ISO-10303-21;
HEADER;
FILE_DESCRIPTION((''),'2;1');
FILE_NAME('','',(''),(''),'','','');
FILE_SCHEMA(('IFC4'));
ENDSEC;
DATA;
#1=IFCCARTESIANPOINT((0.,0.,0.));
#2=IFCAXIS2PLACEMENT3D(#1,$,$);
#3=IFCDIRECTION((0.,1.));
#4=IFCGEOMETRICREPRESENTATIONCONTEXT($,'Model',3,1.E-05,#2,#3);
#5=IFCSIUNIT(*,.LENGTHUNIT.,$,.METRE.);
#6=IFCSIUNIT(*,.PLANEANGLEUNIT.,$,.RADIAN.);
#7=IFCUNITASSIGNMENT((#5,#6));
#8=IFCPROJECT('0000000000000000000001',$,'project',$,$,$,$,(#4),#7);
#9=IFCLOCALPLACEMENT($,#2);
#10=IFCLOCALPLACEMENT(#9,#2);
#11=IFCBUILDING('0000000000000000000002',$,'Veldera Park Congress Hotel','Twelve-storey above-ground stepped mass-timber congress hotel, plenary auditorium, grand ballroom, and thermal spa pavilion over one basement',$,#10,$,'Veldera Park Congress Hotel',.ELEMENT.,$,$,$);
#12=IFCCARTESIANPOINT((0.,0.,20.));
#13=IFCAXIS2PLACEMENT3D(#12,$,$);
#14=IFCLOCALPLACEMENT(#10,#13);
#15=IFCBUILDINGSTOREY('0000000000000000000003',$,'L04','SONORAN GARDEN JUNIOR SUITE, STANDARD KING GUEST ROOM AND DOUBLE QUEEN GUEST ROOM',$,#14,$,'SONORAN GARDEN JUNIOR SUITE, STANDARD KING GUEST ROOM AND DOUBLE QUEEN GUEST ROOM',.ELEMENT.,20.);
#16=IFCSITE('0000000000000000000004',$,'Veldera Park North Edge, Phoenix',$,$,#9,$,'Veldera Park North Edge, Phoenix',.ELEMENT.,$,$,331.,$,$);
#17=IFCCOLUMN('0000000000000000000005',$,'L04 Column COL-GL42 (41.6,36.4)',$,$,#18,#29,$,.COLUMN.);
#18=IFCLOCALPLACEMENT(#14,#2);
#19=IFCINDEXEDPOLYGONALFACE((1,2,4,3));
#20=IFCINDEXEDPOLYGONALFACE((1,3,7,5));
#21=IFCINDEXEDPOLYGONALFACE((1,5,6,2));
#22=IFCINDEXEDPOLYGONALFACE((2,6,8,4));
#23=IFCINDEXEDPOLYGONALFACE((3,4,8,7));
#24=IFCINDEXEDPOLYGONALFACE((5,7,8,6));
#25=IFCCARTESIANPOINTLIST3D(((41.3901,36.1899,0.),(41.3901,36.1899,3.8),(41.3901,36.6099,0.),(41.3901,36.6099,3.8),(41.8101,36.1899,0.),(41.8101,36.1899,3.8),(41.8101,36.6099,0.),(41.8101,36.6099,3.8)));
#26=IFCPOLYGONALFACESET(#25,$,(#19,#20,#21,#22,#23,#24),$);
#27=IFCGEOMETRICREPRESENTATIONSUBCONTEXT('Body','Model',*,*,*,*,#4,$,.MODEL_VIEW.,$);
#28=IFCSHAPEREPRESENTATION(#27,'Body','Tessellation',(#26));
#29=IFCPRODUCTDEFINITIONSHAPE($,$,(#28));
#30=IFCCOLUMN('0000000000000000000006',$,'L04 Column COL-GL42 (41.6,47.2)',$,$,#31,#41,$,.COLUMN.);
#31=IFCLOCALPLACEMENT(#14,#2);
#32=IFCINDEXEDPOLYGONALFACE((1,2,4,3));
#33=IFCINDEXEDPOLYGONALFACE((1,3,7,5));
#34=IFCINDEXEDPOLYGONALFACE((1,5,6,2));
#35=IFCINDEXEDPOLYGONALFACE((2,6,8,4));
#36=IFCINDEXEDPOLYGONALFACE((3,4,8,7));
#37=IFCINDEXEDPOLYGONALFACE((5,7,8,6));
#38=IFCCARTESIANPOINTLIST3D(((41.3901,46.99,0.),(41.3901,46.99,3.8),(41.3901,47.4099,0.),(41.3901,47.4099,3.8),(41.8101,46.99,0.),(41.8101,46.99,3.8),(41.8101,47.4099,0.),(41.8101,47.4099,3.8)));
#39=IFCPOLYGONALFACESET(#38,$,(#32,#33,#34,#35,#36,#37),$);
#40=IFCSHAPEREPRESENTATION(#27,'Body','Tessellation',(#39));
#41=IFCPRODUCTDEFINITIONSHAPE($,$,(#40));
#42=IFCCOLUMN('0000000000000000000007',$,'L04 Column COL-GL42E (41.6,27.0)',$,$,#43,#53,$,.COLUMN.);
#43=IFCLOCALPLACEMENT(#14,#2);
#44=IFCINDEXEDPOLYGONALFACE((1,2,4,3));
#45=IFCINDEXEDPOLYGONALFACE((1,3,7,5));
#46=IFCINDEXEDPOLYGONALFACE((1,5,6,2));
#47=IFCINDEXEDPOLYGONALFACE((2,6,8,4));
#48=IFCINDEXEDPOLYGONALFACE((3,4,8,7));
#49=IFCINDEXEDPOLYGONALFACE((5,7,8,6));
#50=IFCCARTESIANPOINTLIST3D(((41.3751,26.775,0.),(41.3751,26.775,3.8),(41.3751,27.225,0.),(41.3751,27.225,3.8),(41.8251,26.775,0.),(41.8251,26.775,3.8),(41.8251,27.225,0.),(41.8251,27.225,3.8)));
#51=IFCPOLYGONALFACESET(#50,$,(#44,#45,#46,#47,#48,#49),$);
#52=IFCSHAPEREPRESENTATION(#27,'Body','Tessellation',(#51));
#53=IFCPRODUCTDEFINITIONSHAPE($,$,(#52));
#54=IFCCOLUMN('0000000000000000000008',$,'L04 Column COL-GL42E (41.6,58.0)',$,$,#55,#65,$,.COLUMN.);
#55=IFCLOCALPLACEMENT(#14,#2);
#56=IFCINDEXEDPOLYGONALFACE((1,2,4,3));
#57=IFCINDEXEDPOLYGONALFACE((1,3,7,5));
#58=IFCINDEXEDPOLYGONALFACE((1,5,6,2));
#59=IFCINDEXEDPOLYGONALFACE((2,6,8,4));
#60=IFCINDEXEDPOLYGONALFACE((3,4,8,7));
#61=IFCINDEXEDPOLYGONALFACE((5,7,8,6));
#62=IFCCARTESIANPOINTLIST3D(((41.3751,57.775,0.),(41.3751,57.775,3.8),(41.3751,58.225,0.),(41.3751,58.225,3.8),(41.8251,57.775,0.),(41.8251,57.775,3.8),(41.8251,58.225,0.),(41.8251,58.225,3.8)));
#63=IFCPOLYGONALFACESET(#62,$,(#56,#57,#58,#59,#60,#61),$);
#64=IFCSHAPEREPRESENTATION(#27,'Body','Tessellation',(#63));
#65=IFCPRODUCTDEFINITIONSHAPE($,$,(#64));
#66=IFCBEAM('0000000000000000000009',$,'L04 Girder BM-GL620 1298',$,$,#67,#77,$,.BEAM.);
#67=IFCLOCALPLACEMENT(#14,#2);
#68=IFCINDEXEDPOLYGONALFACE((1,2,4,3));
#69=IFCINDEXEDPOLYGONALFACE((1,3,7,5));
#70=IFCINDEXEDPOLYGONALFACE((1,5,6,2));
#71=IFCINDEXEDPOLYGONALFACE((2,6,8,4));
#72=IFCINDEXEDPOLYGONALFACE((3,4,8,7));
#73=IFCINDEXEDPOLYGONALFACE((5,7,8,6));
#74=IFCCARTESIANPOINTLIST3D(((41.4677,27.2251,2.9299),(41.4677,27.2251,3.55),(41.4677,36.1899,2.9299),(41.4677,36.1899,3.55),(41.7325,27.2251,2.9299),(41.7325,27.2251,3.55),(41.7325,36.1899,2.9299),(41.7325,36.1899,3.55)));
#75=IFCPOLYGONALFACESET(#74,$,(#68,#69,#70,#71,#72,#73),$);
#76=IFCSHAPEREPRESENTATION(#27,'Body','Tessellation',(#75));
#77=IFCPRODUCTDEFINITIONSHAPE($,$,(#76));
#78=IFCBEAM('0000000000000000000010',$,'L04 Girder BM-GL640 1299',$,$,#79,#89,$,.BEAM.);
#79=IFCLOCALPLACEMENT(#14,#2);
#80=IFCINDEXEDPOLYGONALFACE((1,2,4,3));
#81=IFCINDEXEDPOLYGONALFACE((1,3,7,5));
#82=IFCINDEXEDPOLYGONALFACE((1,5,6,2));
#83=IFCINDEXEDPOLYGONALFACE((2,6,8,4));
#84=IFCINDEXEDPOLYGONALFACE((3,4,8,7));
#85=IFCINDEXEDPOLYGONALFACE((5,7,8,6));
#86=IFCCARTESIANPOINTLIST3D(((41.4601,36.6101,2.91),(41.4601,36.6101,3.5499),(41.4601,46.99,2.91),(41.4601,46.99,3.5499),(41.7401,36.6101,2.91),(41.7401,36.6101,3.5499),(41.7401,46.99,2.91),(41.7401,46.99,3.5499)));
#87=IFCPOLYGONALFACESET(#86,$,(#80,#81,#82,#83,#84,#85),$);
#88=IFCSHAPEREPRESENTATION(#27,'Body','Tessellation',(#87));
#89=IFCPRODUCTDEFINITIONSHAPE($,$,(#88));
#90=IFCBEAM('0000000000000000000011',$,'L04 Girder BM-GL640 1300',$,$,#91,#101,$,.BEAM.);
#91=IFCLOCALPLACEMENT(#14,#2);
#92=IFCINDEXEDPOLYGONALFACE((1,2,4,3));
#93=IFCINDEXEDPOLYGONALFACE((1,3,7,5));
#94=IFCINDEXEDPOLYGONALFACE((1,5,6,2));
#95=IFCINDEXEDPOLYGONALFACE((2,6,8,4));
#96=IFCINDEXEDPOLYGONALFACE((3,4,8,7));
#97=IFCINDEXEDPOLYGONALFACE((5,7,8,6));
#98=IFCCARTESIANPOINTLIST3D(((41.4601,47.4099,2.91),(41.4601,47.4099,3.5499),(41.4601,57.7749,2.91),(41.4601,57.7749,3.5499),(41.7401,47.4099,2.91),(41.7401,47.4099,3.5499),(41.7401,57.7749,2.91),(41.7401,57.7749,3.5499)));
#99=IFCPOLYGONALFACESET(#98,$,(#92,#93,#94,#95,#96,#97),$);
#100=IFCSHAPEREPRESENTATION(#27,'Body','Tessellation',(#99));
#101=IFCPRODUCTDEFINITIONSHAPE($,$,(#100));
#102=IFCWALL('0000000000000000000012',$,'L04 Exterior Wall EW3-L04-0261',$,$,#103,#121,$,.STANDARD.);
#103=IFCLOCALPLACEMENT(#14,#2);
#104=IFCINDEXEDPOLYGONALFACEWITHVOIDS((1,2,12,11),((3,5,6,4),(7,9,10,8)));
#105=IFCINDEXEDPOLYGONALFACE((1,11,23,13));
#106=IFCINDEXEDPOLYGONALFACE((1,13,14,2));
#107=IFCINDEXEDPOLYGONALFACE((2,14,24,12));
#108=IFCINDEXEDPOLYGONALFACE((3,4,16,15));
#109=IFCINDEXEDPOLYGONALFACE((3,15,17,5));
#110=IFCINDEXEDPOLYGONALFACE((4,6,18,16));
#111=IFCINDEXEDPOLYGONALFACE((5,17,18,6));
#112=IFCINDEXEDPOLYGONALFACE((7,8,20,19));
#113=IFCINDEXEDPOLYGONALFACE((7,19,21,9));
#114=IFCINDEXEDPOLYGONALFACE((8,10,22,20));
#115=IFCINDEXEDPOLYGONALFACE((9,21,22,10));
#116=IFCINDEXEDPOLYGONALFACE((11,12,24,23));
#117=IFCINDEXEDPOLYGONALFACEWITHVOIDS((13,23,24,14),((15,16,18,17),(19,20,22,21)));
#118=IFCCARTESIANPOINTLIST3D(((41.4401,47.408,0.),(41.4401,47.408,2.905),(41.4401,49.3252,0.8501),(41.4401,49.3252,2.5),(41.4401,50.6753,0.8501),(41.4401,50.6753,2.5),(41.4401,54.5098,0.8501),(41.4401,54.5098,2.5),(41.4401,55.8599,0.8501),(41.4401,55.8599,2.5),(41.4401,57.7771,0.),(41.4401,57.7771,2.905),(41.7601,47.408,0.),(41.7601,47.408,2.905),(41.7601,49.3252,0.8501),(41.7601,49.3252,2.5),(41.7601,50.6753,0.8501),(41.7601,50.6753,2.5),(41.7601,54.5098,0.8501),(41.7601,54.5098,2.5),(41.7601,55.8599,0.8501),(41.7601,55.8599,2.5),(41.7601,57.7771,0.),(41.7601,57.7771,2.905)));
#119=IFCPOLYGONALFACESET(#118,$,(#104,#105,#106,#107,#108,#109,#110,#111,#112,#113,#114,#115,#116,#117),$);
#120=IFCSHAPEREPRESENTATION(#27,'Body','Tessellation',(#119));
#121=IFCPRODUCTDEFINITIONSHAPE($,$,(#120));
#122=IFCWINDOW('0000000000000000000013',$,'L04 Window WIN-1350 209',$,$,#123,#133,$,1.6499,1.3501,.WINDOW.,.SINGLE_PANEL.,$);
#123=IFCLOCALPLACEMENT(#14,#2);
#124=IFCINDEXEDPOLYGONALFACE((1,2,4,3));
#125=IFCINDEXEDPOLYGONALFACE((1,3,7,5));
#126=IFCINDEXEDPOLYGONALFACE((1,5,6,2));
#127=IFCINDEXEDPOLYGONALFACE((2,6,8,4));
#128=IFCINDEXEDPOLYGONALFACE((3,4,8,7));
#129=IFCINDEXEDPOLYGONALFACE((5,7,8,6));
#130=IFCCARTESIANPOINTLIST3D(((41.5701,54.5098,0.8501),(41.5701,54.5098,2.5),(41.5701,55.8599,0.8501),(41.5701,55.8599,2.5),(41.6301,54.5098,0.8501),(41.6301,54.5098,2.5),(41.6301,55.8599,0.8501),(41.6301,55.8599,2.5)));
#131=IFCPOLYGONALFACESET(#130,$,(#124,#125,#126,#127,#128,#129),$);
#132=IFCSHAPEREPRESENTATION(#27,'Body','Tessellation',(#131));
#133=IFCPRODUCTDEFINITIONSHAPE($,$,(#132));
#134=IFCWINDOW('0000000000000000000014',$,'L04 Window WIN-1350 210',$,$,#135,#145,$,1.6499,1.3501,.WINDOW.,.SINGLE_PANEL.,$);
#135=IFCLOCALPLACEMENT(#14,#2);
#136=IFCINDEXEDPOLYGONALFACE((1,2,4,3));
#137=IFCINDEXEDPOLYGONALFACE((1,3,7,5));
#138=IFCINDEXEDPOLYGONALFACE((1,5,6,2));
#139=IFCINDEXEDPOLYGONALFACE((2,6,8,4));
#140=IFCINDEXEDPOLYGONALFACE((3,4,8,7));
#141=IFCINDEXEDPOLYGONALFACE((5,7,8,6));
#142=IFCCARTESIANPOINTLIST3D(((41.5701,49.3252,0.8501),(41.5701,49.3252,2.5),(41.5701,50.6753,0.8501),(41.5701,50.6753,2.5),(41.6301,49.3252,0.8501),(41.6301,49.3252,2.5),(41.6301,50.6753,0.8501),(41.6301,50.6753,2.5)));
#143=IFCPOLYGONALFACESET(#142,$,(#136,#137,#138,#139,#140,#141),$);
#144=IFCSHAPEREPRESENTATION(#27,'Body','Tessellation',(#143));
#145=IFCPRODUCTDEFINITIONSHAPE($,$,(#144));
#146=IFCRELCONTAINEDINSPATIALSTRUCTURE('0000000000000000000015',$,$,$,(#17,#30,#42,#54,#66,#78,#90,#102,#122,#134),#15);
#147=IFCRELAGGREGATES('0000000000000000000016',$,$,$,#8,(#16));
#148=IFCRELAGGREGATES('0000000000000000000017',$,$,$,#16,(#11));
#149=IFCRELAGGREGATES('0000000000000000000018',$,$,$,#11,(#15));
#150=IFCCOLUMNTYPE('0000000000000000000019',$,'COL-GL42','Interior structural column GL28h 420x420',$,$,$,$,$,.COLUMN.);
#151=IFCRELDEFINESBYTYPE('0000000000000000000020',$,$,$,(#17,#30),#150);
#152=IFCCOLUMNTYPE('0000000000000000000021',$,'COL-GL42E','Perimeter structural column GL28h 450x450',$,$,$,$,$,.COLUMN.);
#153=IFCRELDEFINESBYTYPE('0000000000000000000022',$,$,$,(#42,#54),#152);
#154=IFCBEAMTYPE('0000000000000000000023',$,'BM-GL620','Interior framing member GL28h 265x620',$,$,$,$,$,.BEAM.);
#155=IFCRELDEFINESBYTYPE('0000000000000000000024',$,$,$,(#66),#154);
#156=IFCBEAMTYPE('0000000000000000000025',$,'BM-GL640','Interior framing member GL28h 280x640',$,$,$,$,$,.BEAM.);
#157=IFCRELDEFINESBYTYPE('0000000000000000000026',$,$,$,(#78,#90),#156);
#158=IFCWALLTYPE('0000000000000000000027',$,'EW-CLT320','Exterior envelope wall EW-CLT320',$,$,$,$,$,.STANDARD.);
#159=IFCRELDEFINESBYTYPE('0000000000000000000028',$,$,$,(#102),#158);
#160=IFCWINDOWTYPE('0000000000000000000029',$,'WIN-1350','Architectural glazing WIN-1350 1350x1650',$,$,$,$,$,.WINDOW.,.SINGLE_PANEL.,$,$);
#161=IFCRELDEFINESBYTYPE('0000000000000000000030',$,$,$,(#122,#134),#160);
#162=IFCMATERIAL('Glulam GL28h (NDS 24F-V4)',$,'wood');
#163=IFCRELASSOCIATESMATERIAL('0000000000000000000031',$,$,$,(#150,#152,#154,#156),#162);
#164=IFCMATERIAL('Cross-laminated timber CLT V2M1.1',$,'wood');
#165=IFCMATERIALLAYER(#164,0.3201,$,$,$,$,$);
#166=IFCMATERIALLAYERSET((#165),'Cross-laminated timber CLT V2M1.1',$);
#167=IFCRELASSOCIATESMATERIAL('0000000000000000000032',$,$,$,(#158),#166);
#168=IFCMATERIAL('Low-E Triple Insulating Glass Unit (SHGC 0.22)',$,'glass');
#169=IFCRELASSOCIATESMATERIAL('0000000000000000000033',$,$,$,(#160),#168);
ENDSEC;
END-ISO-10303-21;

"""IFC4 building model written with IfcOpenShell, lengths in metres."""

from ifc_helpers import new_model, si_unit, direction, frame, frame_2d, origin, origin_2d, place, context, subcontext, project, spatial, rectangle, extrude, material, layer, layer_set, material_profile, profile_set, type_object, element, fill, save


model = new_model("IFC4")

# Units and contexts
model_context = context("Model", 3, precision=1e-05, world=origin(), true_north=direction((0.0, 1.0)))
body_context = subcontext(model_context, "Body", "Model", "MODEL_VIEW")
ifc_project = project(units=[si_unit("LENGTHUNIT", "METRE"), si_unit("PLANEANGLEUNIT", "RADIAN")], contexts=[model_context])

# Site, building, storey
site_placement = place(None, origin())
site = spatial("IfcSite", under=ifc_project, at=site_placement, Name="Veldera Park North Edge, Phoenix", LongName="Veldera Park North Edge, Phoenix", CompositionType="ELEMENT", RefElevation=331.0)
building_placement = place(site_placement, origin())
building = spatial("IfcBuilding", under=site, at=building_placement, Name="Veldera Park Congress Hotel", Description="Twelve-storey above-ground stepped mass-timber congress hotel, plenary auditorium, grand ballroom, and thermal spa pavilion over one basement", LongName="Veldera Park Congress Hotel", CompositionType="ELEMENT")
storey_placement = place(building_placement, frame((0.0, 0.0, 20.0)))
storey = spatial("IfcBuildingStorey", under=building, at=storey_placement, Name="L04", Description="SONORAN GARDEN JUNIOR SUITE, STANDARD KING GUEST ROOM AND DOUBLE QUEEN GUEST ROOM", LongName="SONORAN GARDEN JUNIOR SUITE, STANDARD KING GUEST ROOM AND DOUBLE QUEEN GUEST ROOM", CompositionType="ELEMENT", Elevation=20.0)

# Columns
ifc_material_1 = material(Name="Glulam GL28h (NDS 24F-V4)", Category="wood")
ifc_material_profile_1 = material_profile(ifc_material_1, rectangle(XDim=0.4199, YDim=0.4199, at=origin_2d()), Name="GL28h 420x420")
ifc_profile_set_1 = profile_set([ifc_material_profile_1], Name="Glulam GL28h (NDS 24F-V4)")
column_type_1 = type_object("IfcColumnType", Name="COL-GL42", Description="Interior structural column GL28h 420x420", PredefinedType="COLUMN", material=ifc_profile_set_1)
for number, where, z_axis, x_axis, name in (
    (1, (41.6001, 36.3999, 0.0), (0.0, 0.0, 1.0), (1.0, 0.0, 0.0), "L04 Column COL-GL42 (41.6,36.4)"),
    (2, (41.6001, 47.2, 0.0), (0.0, 0.0, 1.0), (1.0, 0.0, 0.0), "L04 Column COL-GL42 (41.6,47.2)"),
):
    element("IfcColumn", number, at=place(storey_placement, frame(where, z_axis=z_axis, x_axis=x_axis)), inside=storey, type_object=column_type_1, Name=name, PredefinedType="COLUMN", context=body_context, shape_type="SweptSolid", body=[
        extrude(rectangle(XDim=0.4199, YDim=0.4199, at=origin_2d()), origin(), (0.0, 0.0, 1.0), 3.8),
    ])
ifc_material_profile_2 = material_profile(ifc_material_1, rectangle(XDim=0.45, YDim=0.45, at=origin_2d()), Name="GL28h 450x450")
ifc_profile_set_2 = profile_set([ifc_material_profile_2], Name="Glulam GL28h (NDS 24F-V4)")
column_type_2 = type_object("IfcColumnType", Name="COL-GL42E", Description="Perimeter structural column GL28h 450x450", PredefinedType="COLUMN", material=ifc_profile_set_2)
for number, where, z_axis, x_axis, name in (
    (3, (41.6001, 27.0, 0.0), (0.0, 0.0, 1.0), (1.0, 0.0, 0.0), "L04 Column COL-GL42E (41.6,27.0)"),
    (4, (41.6001, 58.0, 0.0), (0.0, 0.0, 1.0), (1.0, 0.0, 0.0), "L04 Column COL-GL42E (41.6,58.0)"),
):
    element("IfcColumn", number, at=place(storey_placement, frame(where, z_axis=z_axis, x_axis=x_axis)), inside=storey, type_object=column_type_2, Name=name, PredefinedType="COLUMN", context=body_context, shape_type="SweptSolid", body=[
        extrude(rectangle(XDim=0.45, YDim=0.45, at=origin_2d()), origin(), (0.0, 0.0, 1.0), 3.8),
    ])

# Beams
ifc_material_profile_3 = material_profile(ifc_material_1, rectangle(XDim=0.2649, YDim=0.6201, at=origin_2d()), Name="GL28h 265x620")
ifc_profile_set_3 = profile_set([ifc_material_profile_3], Name="Glulam GL28h (NDS 24F-V4)")
beam_type_1 = type_object("IfcBeamType", Name="BM-GL620", Description="Interior framing member GL28h 265x620", PredefinedType="BEAM", material=ifc_profile_set_3)
beam_1_placement = place(storey_placement, frame((41.6001, 27.2251, 3.24), z_axis=(0.0, 1.0, 0.0), x_axis=(-1.0, 0.0, 0.0)))
element("IfcBeam", 5, at=beam_1_placement, inside=storey, type_object=beam_type_1, Name="L04 Girder BM-GL620 1298", PredefinedType="BEAM", context=body_context, shape_type="SweptSolid", body=[
    extrude(rectangle(XDim=0.2649, YDim=0.6201, at=origin_2d()), origin(), (0.0, 0.0, 1.0), 8.9648),
])
ifc_material_profile_4 = material_profile(ifc_material_1, rectangle(XDim=0.28, YDim=0.6399, at=origin_2d()), Name="GL28h 280x640")
ifc_profile_set_4 = profile_set([ifc_material_profile_4], Name="Glulam GL28h (NDS 24F-V4)")
beam_type_2 = type_object("IfcBeamType", Name="BM-GL640", Description="Interior framing member GL28h 280x640", PredefinedType="BEAM", material=ifc_profile_set_4)
beam_2_placement = place(storey_placement, frame((41.6001, 36.6101, 3.23), z_axis=(0.0, 1.0, 0.0), x_axis=(-1.0, 0.0, 0.0)))
element("IfcBeam", 6, at=beam_2_placement, inside=storey, type_object=beam_type_2, Name="L04 Girder BM-GL640 1299", PredefinedType="BEAM", context=body_context, shape_type="SweptSolid", body=[
    extrude(rectangle(XDim=0.28, YDim=0.6399, at=origin_2d()), origin(), (0.0, 0.0, 1.0), 10.3799),
])
beam_3_placement = place(storey_placement, frame((41.6001, 47.4099, 3.23), z_axis=(0.0, 1.0, 0.0), x_axis=(-1.0, 0.0, 0.0)))
element("IfcBeam", 7, at=beam_3_placement, inside=storey, type_object=beam_type_2, Name="L04 Girder BM-GL640 1300", PredefinedType="BEAM", context=body_context, shape_type="SweptSolid", body=[
    extrude(rectangle(XDim=0.28, YDim=0.6399, at=origin_2d()), origin(), (0.0, 0.0, 1.0), 10.365),
])

# Wall, openings, windows
ifc_material_2 = material(Name="Cross-laminated timber CLT V2M1.1", Category="wood")
ifc_layer = layer(ifc_material_2, 0.3201)
ifc_layer_set = layer_set([ifc_layer], Name="Cross-laminated timber CLT V2M1.1")
wall_type = type_object("IfcWallType", Name="EW-CLT320", Description="Exterior envelope wall EW-CLT320", PredefinedType="STANDARD", material=ifc_layer_set)
wall_1_placement = place(storey_placement, frame((41.6001, 57.7771, 0.0), z_axis=(0.0, 0.0, 1.0), x_axis=(0.0, -1.0, 0.0)))
wall_1 = element("IfcWall", 8, at=wall_1_placement, inside=storey, type_object=wall_type, Name="L04 Exterior Wall EW3-L04-0261", PredefinedType="STANDARD", context=body_context, shape_type="SweptSolid", body=[
    extrude(rectangle(XDim=10.3691, YDim=0.3201, at=frame_2d((5.1846, 0.0))), origin(), (0.0, 0.0, 1.0), 2.905),
])
opening_1_placement = place(wall_1_placement, frame((1.9172, 0.0, 0.8501)))
opening_1 = element("IfcOpeningElement", 9, at=opening_1_placement, cuts=wall_1, PredefinedType="OPENING", context=body_context, shape_type="SweptSolid", body=[
    extrude(rectangle(XDim=1.3501, YDim=1.6499, at=frame_2d((0.675, 0.825))), frame((0.0, 0.1721, 0.0), z_axis=(0.0, -1.0, 0.0), x_axis=(1.0, 0.0, 0.0)), (0.0, 0.0, 1.0), 0.344),
])
opening_2_placement = place(wall_1_placement, frame((7.1018, 0.0, 0.8501)))
opening_2 = element("IfcOpeningElement", 10, at=opening_2_placement, cuts=wall_1, PredefinedType="OPENING", context=body_context, shape_type="SweptSolid", body=[
    extrude(rectangle(XDim=1.3501, YDim=1.6499, at=frame_2d((0.675, 0.825))), frame((0.0, 0.1721, 0.0), z_axis=(0.0, -1.0, 0.0), x_axis=(1.0, 0.0, 0.0)), (0.0, 0.0, 1.0), 0.344),
])
ifc_material_3 = material(Name="Low-E Triple Insulating Glass Unit (SHGC 0.22)", Category="glass")
window_type = type_object("IfcWindowType", Name="WIN-1350", Description="Architectural glazing WIN-1350 1350x1650", PartitioningType="SINGLE_PANEL", PredefinedType="WINDOW", material=ifc_material_3)
window_1_placement = place(opening_1_placement, origin())
window_1 = element("IfcWindow", 11, at=window_1_placement, inside=storey, type_object=window_type, Name="L04 Window WIN-1350 209", OverallHeight=1.6499, OverallWidth=1.3501, PartitioningType="SINGLE_PANEL", PredefinedType="WINDOW", context=body_context, shape_type="SweptSolid", body=[
    extrude(rectangle(XDim=1.3501, YDim=1.6499, at=frame_2d((0.675, 0.825))), frame((0.0, 0.03, 0.0), z_axis=(0.0, -1.0, 0.0), x_axis=(1.0, 0.0, 0.0)), (0.0, 0.0, 1.0), 0.0601),
])
fill(opening_1, window_1)
window_2_placement = place(opening_2_placement, origin())
window_2 = element("IfcWindow", 12, at=window_2_placement, inside=storey, type_object=window_type, Name="L04 Window WIN-1350 210", OverallHeight=1.6499, OverallWidth=1.3501, PartitioningType="SINGLE_PANEL", PredefinedType="WINDOW", context=body_context, shape_type="SweptSolid", body=[
    extrude(rectangle(XDim=1.3501, YDim=1.6499, at=frame_2d((0.675, 0.825))), frame((0.0, 0.03, 0.0), z_axis=(0.0, -1.0, 0.0), x_axis=(1.0, 0.0, 0.0)), (0.0, 0.0, 1.0), 0.0601),
])
fill(opening_2, window_2)

save(model, "model.ifc")
